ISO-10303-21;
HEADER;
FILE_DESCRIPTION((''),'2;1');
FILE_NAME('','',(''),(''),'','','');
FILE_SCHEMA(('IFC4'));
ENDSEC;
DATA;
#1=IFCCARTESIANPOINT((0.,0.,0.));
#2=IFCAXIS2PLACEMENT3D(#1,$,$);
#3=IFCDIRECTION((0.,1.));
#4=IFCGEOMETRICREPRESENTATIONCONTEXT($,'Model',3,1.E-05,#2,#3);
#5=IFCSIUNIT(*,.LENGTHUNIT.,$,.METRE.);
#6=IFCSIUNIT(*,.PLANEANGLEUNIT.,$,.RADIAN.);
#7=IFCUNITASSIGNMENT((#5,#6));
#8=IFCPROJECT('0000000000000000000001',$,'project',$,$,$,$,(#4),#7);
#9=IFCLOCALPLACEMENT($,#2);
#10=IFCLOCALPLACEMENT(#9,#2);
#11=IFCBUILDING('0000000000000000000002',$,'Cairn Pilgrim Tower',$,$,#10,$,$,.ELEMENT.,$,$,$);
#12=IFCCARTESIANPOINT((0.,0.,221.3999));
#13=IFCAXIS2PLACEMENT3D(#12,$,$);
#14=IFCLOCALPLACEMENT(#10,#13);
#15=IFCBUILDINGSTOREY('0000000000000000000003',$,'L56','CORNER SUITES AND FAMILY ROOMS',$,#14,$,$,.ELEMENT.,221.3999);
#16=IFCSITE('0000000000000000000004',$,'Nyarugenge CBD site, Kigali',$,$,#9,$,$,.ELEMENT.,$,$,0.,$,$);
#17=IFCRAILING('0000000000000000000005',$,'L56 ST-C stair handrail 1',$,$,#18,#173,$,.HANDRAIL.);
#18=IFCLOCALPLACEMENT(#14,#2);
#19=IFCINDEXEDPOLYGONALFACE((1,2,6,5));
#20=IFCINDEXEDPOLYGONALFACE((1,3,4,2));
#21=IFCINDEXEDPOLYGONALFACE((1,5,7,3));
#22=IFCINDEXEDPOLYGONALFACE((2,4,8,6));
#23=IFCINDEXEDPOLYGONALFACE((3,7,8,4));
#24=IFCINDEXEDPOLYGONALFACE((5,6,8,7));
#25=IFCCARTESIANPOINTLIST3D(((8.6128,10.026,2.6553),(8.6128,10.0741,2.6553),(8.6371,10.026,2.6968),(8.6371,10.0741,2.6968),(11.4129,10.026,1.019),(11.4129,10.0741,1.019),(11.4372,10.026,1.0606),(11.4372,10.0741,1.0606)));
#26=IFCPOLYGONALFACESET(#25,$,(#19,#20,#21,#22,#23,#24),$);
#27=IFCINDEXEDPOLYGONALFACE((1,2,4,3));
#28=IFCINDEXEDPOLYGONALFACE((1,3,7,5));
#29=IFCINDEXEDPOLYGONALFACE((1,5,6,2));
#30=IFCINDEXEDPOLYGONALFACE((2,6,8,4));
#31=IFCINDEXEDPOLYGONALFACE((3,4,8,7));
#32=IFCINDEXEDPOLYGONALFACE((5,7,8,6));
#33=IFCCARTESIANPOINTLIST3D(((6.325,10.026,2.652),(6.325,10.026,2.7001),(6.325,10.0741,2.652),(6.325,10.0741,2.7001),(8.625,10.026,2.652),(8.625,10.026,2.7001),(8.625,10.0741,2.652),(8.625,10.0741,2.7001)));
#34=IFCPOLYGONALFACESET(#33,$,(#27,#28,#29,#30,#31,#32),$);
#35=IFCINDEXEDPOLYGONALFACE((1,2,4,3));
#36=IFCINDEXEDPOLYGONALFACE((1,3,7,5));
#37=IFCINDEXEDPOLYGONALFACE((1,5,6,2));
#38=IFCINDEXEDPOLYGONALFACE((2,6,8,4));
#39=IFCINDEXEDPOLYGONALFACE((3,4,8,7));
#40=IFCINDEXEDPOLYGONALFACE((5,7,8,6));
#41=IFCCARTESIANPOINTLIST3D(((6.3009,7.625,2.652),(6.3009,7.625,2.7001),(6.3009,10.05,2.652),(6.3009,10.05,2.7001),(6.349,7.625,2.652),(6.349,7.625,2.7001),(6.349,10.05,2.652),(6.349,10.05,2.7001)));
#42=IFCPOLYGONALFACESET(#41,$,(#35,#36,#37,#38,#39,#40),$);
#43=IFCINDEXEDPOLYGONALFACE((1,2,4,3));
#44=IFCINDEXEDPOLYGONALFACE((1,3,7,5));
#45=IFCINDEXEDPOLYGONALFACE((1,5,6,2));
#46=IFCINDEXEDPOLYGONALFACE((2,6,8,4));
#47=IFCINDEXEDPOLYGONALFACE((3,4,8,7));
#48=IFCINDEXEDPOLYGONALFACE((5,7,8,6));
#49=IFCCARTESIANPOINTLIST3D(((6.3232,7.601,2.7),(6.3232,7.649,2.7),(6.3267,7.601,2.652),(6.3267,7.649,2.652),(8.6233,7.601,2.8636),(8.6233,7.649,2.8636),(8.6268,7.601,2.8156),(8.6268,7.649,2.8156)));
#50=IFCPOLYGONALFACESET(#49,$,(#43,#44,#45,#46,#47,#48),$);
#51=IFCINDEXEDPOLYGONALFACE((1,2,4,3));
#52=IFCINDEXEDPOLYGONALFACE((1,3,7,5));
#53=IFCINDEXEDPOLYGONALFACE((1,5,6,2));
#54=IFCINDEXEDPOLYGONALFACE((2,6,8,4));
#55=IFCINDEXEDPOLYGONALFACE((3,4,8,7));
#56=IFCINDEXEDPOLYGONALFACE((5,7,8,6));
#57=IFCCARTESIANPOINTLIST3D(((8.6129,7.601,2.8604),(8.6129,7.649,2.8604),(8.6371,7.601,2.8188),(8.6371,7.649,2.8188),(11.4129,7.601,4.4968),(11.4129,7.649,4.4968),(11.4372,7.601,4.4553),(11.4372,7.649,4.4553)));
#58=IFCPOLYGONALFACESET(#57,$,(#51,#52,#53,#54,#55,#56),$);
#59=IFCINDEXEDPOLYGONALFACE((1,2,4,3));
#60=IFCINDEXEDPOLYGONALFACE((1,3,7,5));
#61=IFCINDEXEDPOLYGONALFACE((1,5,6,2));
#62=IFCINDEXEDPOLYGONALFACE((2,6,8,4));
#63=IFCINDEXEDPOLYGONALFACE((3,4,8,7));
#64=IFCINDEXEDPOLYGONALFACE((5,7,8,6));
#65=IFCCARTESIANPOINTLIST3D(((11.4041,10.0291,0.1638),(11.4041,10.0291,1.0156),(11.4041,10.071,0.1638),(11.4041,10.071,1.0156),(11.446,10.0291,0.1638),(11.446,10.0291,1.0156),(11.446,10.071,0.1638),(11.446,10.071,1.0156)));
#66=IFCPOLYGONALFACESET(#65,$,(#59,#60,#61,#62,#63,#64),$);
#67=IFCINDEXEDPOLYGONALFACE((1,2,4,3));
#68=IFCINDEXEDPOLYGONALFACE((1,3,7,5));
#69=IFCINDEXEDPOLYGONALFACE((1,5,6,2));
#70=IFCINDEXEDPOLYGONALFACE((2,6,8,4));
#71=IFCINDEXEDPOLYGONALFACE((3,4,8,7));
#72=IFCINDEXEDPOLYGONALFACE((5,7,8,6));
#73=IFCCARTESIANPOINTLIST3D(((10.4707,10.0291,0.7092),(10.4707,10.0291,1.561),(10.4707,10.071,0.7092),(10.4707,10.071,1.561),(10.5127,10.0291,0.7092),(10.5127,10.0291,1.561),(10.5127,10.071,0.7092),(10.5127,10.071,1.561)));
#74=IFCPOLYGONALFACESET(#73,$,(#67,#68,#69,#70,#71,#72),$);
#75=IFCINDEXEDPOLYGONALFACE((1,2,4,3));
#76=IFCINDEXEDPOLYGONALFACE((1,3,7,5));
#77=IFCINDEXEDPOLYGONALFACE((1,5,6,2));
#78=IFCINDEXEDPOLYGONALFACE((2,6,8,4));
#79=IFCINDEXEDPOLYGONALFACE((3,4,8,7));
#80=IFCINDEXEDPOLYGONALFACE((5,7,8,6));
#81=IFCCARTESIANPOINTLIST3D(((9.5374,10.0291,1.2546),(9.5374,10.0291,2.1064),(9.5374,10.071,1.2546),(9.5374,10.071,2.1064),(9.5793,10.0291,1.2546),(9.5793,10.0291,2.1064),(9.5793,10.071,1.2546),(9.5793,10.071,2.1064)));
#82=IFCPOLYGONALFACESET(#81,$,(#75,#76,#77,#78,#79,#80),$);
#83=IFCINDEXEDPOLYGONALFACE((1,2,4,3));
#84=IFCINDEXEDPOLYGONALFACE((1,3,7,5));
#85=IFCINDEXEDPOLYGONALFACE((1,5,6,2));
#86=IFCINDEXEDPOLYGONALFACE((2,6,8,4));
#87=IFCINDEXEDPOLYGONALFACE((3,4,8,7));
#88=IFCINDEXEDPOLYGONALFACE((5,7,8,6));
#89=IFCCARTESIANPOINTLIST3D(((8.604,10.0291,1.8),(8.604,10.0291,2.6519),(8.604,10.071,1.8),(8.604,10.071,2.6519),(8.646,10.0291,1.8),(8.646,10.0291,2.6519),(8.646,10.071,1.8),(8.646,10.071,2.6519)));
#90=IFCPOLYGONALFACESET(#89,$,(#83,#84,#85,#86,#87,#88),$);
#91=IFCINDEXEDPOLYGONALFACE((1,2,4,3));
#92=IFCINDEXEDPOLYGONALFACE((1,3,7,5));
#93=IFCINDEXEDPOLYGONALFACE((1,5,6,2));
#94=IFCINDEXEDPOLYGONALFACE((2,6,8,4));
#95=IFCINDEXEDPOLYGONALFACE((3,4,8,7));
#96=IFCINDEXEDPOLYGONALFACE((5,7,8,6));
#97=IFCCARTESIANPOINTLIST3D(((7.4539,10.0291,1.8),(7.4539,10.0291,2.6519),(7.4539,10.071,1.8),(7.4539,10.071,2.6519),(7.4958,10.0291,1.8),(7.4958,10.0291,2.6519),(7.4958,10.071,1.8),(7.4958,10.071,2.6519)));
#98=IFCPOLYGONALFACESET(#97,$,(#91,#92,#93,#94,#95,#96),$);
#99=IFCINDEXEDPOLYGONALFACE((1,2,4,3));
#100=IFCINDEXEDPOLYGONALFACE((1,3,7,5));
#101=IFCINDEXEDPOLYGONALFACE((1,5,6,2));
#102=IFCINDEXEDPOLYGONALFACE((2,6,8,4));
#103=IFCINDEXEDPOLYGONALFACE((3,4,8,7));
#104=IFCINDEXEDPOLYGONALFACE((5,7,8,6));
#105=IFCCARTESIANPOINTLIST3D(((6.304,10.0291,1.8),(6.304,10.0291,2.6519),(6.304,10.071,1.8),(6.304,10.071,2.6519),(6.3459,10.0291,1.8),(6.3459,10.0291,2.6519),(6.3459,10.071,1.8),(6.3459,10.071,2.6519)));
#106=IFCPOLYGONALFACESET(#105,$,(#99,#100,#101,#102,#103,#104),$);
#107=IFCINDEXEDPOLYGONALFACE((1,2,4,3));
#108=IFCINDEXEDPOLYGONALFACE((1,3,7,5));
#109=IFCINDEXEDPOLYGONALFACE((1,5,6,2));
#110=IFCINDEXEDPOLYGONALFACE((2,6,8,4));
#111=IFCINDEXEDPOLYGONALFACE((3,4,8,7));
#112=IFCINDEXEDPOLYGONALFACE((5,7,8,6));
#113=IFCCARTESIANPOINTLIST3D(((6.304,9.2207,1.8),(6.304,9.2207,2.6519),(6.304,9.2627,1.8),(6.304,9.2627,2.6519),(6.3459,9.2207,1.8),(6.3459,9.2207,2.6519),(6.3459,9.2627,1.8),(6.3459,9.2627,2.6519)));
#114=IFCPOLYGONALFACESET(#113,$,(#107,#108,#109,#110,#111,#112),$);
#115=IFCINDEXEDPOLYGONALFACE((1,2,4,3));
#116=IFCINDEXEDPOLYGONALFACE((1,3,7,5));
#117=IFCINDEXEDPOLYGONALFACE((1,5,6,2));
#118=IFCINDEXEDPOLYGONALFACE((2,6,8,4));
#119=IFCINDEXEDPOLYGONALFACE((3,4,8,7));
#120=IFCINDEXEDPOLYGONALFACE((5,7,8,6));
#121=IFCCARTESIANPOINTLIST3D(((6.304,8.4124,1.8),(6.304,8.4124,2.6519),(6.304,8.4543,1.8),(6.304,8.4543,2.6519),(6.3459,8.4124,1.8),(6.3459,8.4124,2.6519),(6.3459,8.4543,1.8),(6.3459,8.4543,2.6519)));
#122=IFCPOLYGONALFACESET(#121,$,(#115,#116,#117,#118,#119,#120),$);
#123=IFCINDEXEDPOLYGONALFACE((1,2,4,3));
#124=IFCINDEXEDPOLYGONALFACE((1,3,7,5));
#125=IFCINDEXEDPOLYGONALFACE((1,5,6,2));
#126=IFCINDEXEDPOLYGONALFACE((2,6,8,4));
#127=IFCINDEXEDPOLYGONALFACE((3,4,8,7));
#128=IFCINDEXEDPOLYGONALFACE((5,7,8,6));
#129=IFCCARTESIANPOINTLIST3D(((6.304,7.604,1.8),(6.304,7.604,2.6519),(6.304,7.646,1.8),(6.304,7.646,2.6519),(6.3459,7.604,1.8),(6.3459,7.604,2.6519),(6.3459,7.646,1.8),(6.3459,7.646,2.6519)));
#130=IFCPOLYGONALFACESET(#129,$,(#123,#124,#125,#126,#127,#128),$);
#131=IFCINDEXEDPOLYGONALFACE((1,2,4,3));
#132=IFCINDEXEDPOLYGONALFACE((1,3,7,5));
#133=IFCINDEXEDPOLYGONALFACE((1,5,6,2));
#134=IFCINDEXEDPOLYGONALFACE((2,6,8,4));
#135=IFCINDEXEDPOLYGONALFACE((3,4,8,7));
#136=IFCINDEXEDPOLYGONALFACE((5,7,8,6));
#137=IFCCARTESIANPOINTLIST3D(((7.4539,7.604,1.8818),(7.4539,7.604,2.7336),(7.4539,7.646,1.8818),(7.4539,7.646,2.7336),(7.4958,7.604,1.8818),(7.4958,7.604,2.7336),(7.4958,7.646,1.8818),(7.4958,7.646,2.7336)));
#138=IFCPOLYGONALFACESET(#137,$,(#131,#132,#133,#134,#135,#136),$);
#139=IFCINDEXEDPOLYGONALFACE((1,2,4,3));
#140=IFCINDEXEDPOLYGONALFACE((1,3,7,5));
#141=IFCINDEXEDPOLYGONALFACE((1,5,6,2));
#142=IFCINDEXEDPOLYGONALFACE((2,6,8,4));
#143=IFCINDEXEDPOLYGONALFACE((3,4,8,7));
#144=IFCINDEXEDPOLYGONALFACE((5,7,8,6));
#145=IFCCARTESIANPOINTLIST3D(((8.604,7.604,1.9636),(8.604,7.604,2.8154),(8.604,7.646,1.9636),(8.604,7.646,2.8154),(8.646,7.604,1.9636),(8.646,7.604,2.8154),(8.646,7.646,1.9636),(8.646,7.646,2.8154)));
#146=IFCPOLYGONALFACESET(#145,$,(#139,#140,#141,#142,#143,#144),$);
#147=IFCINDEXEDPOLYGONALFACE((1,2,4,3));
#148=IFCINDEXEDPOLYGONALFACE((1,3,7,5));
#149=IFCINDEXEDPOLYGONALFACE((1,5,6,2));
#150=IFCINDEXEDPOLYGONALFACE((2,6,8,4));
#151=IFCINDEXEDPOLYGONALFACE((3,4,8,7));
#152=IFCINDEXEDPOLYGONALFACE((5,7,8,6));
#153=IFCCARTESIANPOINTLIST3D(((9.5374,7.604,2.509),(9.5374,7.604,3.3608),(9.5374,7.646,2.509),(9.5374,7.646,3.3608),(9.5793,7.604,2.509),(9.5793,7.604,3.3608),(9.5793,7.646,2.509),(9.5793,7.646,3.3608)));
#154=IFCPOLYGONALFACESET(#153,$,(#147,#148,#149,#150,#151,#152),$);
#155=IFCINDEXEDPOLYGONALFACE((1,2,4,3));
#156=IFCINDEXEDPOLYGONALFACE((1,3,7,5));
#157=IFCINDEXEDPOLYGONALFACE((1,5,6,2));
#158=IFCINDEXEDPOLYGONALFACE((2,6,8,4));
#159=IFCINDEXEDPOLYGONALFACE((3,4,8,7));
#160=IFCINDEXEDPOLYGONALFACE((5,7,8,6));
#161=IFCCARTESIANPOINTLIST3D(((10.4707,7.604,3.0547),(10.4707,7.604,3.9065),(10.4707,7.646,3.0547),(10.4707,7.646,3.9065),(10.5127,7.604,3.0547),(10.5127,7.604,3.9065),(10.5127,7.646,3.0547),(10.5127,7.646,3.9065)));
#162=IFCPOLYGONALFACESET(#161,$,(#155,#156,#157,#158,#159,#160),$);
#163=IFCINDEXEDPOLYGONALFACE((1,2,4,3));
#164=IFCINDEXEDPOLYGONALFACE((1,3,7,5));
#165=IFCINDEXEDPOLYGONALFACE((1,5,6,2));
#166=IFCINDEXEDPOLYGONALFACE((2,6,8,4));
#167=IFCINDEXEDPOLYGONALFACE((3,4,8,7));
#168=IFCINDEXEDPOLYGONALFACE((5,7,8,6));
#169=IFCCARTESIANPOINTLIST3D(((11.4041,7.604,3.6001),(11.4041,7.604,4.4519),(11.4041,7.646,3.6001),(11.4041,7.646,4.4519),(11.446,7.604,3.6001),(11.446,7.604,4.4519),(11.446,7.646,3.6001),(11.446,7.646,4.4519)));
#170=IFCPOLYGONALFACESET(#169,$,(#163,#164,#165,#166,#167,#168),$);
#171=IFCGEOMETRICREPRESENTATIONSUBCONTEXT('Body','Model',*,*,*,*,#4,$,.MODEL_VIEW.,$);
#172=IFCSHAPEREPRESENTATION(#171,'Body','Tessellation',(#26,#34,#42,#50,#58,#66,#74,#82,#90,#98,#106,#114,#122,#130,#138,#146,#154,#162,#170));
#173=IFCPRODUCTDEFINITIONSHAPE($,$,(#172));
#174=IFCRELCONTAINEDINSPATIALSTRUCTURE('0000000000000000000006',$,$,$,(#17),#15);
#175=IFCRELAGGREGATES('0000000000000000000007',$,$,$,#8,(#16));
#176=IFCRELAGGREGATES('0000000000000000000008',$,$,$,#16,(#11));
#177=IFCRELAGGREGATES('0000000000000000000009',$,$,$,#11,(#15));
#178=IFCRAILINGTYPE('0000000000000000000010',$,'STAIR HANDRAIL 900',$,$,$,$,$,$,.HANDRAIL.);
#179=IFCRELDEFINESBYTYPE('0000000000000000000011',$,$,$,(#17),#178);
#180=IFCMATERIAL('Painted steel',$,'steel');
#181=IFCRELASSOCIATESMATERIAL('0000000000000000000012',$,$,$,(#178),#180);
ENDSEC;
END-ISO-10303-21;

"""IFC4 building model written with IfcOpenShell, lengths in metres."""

from ifc_helpers import new_model, si_unit, direction, frame, origin, origin_2d, place, context, subcontext, project, spatial, rectangle, extrude, material, type_object, element, save


model = new_model("IFC4")

# Units and contexts
model_context = context("Model", 3, precision=1e-05, world=origin(), true_north=direction((0.0, 1.0)))
body_context = subcontext(model_context, "Body", "Model", "MODEL_VIEW")
ifc_project = project(units=[si_unit("LENGTHUNIT", "METRE"), si_unit("PLANEANGLEUNIT", "RADIAN")], contexts=[model_context])

# Site, building, storey
site_placement = place(None, origin())
site = spatial("IfcSite", under=ifc_project, at=site_placement, Name="Nyarugenge CBD site, Kigali", CompositionType="ELEMENT", RefElevation=0.0)
building_placement = place(site_placement, origin())
building = spatial("IfcBuilding", under=site, at=building_placement, Name="Cairn Pilgrim Tower", CompositionType="ELEMENT")
storey_placement = place(building_placement, frame((0.0, 0.0, 221.3999)))
storey = spatial("IfcBuildingStorey", under=building, at=storey_placement, Name="L56", Description="CORNER SUITES AND FAMILY ROOMS", CompositionType="ELEMENT", Elevation=221.3999)

# Railing
ifc_material_1 = material(Name="Painted steel", Category="steel")
railing_type_1 = type_object("IfcRailingType", Name="STAIR HANDRAIL 900", PredefinedType="HANDRAIL", material=ifc_material_1)
railing_1_placement = place(storey_placement, frame((11.425, 10.05, 0.1638)))
element("IfcRailing", 1, at=railing_1_placement, inside=storey, type_object=railing_type_1, Name="L56 ST-C stair handrail 1", PredefinedType="HANDRAIL", context=body_context, shape_type="SweptSolid", body=[
    extrude(rectangle(XDim=0.0481, YDim=0.0481, at=origin_2d()), frame((0.0, 0.0, 0.876), z_axis=(-0.863394, 0.0, 0.504531), x_axis=(0.0, -1.0, 0.0)), (0.0, 0.0, 1.0), 3.2432),
    extrude(rectangle(XDim=0.0481, YDim=0.0481, at=origin_2d()), frame((-2.8, 0.0, 2.5122), z_axis=(-1.0, 0.0, 0.0), x_axis=(0.0, -1.0, 0.0)), (0.0, 0.0, 1.0), 2.3),
    extrude(rectangle(XDim=0.0481, YDim=0.0481, at=origin_2d()), frame((-5.1001, 0.0, 2.5122), z_axis=(0.0, -1.0, 0.0), x_axis=(1.0, 0.0, 0.0)), (0.0, 0.0, 1.0), 2.425),
    extrude(rectangle(XDim=0.0481, YDim=0.0481, at=origin_2d()), frame((-5.1001, -2.425, 2.5122), z_axis=(0.997481, 0.0, 0.070939), x_axis=(0.0, 1.0, 0.0)), (0.0, 0.0, 1.0), 2.3059),
    extrude(rectangle(XDim=0.0481, YDim=0.0481, at=origin_2d()), frame((-2.8, -2.425, 2.6758), z_axis=(0.863361, 0.0, 0.504587), x_axis=(0.0, 1.0, 0.0)), (0.0, 0.0, 1.0), 3.2432),
    extrude(rectangle(XDim=0.042, YDim=0.042, at=origin_2d()), origin(), (0.0, 0.0, 1.0), 0.8518),
    extrude(rectangle(XDim=0.042, YDim=0.042, at=origin_2d()), frame((-0.9333, 0.0, 0.5454)), (0.0, 0.0, 1.0), 0.8518),
    extrude(rectangle(XDim=0.042, YDim=0.042, at=origin_2d()), frame((-1.8667, 0.0, 1.0908)), (0.0, 0.0, 1.0), 0.8518),
    extrude(rectangle(XDim=0.042, YDim=0.042, at=origin_2d()), frame((-2.8, 0.0, 1.6362)), (0.0, 0.0, 1.0), 0.8518),
    extrude(rectangle(XDim=0.042, YDim=0.042, at=origin_2d()), frame((-3.9502, 0.0, 1.6362)), (0.0, 0.0, 1.0), 0.8518),
    extrude(rectangle(XDim=0.042, YDim=0.042, at=origin_2d()), frame((-5.1001, 0.0, 1.6362)), (0.0, 0.0, 1.0), 0.8518),
    extrude(rectangle(XDim=0.042, YDim=0.042, at=origin_2d()), frame((-5.1001, -0.8083, 1.6362)), (0.0, 0.0, 1.0), 0.8518),
    extrude(rectangle(XDim=0.042, YDim=0.042, at=origin_2d()), frame((-5.1001, -1.6167, 1.6362)), (0.0, 0.0, 1.0), 0.8518),
    extrude(rectangle(XDim=0.042, YDim=0.042, at=origin_2d()), frame((-5.1001, -2.425, 1.6362)), (0.0, 0.0, 1.0), 0.8518),
    extrude(rectangle(XDim=0.042, YDim=0.042, at=origin_2d()), frame((-3.9502, -2.425, 1.718)), (0.0, 0.0, 1.0), 0.8518),
    extrude(rectangle(XDim=0.042, YDim=0.042, at=origin_2d()), frame((-2.8, -2.425, 1.7998)), (0.0, 0.0, 1.0), 0.8518),
    extrude(rectangle(XDim=0.042, YDim=0.042, at=origin_2d()), frame((-1.8667, -2.425, 2.3452)), (0.0, 0.0, 1.0), 0.8518),
    extrude(rectangle(XDim=0.042, YDim=0.042, at=origin_2d()), frame((-0.9333, -2.425, 2.8909)), (0.0, 0.0, 1.0), 0.8518),
    extrude(rectangle(XDim=0.042, YDim=0.042, at=origin_2d()), frame((0.0, -2.425, 3.4363)), (0.0, 0.0, 1.0), 0.8518),
])

save(model, "model.ifc")
